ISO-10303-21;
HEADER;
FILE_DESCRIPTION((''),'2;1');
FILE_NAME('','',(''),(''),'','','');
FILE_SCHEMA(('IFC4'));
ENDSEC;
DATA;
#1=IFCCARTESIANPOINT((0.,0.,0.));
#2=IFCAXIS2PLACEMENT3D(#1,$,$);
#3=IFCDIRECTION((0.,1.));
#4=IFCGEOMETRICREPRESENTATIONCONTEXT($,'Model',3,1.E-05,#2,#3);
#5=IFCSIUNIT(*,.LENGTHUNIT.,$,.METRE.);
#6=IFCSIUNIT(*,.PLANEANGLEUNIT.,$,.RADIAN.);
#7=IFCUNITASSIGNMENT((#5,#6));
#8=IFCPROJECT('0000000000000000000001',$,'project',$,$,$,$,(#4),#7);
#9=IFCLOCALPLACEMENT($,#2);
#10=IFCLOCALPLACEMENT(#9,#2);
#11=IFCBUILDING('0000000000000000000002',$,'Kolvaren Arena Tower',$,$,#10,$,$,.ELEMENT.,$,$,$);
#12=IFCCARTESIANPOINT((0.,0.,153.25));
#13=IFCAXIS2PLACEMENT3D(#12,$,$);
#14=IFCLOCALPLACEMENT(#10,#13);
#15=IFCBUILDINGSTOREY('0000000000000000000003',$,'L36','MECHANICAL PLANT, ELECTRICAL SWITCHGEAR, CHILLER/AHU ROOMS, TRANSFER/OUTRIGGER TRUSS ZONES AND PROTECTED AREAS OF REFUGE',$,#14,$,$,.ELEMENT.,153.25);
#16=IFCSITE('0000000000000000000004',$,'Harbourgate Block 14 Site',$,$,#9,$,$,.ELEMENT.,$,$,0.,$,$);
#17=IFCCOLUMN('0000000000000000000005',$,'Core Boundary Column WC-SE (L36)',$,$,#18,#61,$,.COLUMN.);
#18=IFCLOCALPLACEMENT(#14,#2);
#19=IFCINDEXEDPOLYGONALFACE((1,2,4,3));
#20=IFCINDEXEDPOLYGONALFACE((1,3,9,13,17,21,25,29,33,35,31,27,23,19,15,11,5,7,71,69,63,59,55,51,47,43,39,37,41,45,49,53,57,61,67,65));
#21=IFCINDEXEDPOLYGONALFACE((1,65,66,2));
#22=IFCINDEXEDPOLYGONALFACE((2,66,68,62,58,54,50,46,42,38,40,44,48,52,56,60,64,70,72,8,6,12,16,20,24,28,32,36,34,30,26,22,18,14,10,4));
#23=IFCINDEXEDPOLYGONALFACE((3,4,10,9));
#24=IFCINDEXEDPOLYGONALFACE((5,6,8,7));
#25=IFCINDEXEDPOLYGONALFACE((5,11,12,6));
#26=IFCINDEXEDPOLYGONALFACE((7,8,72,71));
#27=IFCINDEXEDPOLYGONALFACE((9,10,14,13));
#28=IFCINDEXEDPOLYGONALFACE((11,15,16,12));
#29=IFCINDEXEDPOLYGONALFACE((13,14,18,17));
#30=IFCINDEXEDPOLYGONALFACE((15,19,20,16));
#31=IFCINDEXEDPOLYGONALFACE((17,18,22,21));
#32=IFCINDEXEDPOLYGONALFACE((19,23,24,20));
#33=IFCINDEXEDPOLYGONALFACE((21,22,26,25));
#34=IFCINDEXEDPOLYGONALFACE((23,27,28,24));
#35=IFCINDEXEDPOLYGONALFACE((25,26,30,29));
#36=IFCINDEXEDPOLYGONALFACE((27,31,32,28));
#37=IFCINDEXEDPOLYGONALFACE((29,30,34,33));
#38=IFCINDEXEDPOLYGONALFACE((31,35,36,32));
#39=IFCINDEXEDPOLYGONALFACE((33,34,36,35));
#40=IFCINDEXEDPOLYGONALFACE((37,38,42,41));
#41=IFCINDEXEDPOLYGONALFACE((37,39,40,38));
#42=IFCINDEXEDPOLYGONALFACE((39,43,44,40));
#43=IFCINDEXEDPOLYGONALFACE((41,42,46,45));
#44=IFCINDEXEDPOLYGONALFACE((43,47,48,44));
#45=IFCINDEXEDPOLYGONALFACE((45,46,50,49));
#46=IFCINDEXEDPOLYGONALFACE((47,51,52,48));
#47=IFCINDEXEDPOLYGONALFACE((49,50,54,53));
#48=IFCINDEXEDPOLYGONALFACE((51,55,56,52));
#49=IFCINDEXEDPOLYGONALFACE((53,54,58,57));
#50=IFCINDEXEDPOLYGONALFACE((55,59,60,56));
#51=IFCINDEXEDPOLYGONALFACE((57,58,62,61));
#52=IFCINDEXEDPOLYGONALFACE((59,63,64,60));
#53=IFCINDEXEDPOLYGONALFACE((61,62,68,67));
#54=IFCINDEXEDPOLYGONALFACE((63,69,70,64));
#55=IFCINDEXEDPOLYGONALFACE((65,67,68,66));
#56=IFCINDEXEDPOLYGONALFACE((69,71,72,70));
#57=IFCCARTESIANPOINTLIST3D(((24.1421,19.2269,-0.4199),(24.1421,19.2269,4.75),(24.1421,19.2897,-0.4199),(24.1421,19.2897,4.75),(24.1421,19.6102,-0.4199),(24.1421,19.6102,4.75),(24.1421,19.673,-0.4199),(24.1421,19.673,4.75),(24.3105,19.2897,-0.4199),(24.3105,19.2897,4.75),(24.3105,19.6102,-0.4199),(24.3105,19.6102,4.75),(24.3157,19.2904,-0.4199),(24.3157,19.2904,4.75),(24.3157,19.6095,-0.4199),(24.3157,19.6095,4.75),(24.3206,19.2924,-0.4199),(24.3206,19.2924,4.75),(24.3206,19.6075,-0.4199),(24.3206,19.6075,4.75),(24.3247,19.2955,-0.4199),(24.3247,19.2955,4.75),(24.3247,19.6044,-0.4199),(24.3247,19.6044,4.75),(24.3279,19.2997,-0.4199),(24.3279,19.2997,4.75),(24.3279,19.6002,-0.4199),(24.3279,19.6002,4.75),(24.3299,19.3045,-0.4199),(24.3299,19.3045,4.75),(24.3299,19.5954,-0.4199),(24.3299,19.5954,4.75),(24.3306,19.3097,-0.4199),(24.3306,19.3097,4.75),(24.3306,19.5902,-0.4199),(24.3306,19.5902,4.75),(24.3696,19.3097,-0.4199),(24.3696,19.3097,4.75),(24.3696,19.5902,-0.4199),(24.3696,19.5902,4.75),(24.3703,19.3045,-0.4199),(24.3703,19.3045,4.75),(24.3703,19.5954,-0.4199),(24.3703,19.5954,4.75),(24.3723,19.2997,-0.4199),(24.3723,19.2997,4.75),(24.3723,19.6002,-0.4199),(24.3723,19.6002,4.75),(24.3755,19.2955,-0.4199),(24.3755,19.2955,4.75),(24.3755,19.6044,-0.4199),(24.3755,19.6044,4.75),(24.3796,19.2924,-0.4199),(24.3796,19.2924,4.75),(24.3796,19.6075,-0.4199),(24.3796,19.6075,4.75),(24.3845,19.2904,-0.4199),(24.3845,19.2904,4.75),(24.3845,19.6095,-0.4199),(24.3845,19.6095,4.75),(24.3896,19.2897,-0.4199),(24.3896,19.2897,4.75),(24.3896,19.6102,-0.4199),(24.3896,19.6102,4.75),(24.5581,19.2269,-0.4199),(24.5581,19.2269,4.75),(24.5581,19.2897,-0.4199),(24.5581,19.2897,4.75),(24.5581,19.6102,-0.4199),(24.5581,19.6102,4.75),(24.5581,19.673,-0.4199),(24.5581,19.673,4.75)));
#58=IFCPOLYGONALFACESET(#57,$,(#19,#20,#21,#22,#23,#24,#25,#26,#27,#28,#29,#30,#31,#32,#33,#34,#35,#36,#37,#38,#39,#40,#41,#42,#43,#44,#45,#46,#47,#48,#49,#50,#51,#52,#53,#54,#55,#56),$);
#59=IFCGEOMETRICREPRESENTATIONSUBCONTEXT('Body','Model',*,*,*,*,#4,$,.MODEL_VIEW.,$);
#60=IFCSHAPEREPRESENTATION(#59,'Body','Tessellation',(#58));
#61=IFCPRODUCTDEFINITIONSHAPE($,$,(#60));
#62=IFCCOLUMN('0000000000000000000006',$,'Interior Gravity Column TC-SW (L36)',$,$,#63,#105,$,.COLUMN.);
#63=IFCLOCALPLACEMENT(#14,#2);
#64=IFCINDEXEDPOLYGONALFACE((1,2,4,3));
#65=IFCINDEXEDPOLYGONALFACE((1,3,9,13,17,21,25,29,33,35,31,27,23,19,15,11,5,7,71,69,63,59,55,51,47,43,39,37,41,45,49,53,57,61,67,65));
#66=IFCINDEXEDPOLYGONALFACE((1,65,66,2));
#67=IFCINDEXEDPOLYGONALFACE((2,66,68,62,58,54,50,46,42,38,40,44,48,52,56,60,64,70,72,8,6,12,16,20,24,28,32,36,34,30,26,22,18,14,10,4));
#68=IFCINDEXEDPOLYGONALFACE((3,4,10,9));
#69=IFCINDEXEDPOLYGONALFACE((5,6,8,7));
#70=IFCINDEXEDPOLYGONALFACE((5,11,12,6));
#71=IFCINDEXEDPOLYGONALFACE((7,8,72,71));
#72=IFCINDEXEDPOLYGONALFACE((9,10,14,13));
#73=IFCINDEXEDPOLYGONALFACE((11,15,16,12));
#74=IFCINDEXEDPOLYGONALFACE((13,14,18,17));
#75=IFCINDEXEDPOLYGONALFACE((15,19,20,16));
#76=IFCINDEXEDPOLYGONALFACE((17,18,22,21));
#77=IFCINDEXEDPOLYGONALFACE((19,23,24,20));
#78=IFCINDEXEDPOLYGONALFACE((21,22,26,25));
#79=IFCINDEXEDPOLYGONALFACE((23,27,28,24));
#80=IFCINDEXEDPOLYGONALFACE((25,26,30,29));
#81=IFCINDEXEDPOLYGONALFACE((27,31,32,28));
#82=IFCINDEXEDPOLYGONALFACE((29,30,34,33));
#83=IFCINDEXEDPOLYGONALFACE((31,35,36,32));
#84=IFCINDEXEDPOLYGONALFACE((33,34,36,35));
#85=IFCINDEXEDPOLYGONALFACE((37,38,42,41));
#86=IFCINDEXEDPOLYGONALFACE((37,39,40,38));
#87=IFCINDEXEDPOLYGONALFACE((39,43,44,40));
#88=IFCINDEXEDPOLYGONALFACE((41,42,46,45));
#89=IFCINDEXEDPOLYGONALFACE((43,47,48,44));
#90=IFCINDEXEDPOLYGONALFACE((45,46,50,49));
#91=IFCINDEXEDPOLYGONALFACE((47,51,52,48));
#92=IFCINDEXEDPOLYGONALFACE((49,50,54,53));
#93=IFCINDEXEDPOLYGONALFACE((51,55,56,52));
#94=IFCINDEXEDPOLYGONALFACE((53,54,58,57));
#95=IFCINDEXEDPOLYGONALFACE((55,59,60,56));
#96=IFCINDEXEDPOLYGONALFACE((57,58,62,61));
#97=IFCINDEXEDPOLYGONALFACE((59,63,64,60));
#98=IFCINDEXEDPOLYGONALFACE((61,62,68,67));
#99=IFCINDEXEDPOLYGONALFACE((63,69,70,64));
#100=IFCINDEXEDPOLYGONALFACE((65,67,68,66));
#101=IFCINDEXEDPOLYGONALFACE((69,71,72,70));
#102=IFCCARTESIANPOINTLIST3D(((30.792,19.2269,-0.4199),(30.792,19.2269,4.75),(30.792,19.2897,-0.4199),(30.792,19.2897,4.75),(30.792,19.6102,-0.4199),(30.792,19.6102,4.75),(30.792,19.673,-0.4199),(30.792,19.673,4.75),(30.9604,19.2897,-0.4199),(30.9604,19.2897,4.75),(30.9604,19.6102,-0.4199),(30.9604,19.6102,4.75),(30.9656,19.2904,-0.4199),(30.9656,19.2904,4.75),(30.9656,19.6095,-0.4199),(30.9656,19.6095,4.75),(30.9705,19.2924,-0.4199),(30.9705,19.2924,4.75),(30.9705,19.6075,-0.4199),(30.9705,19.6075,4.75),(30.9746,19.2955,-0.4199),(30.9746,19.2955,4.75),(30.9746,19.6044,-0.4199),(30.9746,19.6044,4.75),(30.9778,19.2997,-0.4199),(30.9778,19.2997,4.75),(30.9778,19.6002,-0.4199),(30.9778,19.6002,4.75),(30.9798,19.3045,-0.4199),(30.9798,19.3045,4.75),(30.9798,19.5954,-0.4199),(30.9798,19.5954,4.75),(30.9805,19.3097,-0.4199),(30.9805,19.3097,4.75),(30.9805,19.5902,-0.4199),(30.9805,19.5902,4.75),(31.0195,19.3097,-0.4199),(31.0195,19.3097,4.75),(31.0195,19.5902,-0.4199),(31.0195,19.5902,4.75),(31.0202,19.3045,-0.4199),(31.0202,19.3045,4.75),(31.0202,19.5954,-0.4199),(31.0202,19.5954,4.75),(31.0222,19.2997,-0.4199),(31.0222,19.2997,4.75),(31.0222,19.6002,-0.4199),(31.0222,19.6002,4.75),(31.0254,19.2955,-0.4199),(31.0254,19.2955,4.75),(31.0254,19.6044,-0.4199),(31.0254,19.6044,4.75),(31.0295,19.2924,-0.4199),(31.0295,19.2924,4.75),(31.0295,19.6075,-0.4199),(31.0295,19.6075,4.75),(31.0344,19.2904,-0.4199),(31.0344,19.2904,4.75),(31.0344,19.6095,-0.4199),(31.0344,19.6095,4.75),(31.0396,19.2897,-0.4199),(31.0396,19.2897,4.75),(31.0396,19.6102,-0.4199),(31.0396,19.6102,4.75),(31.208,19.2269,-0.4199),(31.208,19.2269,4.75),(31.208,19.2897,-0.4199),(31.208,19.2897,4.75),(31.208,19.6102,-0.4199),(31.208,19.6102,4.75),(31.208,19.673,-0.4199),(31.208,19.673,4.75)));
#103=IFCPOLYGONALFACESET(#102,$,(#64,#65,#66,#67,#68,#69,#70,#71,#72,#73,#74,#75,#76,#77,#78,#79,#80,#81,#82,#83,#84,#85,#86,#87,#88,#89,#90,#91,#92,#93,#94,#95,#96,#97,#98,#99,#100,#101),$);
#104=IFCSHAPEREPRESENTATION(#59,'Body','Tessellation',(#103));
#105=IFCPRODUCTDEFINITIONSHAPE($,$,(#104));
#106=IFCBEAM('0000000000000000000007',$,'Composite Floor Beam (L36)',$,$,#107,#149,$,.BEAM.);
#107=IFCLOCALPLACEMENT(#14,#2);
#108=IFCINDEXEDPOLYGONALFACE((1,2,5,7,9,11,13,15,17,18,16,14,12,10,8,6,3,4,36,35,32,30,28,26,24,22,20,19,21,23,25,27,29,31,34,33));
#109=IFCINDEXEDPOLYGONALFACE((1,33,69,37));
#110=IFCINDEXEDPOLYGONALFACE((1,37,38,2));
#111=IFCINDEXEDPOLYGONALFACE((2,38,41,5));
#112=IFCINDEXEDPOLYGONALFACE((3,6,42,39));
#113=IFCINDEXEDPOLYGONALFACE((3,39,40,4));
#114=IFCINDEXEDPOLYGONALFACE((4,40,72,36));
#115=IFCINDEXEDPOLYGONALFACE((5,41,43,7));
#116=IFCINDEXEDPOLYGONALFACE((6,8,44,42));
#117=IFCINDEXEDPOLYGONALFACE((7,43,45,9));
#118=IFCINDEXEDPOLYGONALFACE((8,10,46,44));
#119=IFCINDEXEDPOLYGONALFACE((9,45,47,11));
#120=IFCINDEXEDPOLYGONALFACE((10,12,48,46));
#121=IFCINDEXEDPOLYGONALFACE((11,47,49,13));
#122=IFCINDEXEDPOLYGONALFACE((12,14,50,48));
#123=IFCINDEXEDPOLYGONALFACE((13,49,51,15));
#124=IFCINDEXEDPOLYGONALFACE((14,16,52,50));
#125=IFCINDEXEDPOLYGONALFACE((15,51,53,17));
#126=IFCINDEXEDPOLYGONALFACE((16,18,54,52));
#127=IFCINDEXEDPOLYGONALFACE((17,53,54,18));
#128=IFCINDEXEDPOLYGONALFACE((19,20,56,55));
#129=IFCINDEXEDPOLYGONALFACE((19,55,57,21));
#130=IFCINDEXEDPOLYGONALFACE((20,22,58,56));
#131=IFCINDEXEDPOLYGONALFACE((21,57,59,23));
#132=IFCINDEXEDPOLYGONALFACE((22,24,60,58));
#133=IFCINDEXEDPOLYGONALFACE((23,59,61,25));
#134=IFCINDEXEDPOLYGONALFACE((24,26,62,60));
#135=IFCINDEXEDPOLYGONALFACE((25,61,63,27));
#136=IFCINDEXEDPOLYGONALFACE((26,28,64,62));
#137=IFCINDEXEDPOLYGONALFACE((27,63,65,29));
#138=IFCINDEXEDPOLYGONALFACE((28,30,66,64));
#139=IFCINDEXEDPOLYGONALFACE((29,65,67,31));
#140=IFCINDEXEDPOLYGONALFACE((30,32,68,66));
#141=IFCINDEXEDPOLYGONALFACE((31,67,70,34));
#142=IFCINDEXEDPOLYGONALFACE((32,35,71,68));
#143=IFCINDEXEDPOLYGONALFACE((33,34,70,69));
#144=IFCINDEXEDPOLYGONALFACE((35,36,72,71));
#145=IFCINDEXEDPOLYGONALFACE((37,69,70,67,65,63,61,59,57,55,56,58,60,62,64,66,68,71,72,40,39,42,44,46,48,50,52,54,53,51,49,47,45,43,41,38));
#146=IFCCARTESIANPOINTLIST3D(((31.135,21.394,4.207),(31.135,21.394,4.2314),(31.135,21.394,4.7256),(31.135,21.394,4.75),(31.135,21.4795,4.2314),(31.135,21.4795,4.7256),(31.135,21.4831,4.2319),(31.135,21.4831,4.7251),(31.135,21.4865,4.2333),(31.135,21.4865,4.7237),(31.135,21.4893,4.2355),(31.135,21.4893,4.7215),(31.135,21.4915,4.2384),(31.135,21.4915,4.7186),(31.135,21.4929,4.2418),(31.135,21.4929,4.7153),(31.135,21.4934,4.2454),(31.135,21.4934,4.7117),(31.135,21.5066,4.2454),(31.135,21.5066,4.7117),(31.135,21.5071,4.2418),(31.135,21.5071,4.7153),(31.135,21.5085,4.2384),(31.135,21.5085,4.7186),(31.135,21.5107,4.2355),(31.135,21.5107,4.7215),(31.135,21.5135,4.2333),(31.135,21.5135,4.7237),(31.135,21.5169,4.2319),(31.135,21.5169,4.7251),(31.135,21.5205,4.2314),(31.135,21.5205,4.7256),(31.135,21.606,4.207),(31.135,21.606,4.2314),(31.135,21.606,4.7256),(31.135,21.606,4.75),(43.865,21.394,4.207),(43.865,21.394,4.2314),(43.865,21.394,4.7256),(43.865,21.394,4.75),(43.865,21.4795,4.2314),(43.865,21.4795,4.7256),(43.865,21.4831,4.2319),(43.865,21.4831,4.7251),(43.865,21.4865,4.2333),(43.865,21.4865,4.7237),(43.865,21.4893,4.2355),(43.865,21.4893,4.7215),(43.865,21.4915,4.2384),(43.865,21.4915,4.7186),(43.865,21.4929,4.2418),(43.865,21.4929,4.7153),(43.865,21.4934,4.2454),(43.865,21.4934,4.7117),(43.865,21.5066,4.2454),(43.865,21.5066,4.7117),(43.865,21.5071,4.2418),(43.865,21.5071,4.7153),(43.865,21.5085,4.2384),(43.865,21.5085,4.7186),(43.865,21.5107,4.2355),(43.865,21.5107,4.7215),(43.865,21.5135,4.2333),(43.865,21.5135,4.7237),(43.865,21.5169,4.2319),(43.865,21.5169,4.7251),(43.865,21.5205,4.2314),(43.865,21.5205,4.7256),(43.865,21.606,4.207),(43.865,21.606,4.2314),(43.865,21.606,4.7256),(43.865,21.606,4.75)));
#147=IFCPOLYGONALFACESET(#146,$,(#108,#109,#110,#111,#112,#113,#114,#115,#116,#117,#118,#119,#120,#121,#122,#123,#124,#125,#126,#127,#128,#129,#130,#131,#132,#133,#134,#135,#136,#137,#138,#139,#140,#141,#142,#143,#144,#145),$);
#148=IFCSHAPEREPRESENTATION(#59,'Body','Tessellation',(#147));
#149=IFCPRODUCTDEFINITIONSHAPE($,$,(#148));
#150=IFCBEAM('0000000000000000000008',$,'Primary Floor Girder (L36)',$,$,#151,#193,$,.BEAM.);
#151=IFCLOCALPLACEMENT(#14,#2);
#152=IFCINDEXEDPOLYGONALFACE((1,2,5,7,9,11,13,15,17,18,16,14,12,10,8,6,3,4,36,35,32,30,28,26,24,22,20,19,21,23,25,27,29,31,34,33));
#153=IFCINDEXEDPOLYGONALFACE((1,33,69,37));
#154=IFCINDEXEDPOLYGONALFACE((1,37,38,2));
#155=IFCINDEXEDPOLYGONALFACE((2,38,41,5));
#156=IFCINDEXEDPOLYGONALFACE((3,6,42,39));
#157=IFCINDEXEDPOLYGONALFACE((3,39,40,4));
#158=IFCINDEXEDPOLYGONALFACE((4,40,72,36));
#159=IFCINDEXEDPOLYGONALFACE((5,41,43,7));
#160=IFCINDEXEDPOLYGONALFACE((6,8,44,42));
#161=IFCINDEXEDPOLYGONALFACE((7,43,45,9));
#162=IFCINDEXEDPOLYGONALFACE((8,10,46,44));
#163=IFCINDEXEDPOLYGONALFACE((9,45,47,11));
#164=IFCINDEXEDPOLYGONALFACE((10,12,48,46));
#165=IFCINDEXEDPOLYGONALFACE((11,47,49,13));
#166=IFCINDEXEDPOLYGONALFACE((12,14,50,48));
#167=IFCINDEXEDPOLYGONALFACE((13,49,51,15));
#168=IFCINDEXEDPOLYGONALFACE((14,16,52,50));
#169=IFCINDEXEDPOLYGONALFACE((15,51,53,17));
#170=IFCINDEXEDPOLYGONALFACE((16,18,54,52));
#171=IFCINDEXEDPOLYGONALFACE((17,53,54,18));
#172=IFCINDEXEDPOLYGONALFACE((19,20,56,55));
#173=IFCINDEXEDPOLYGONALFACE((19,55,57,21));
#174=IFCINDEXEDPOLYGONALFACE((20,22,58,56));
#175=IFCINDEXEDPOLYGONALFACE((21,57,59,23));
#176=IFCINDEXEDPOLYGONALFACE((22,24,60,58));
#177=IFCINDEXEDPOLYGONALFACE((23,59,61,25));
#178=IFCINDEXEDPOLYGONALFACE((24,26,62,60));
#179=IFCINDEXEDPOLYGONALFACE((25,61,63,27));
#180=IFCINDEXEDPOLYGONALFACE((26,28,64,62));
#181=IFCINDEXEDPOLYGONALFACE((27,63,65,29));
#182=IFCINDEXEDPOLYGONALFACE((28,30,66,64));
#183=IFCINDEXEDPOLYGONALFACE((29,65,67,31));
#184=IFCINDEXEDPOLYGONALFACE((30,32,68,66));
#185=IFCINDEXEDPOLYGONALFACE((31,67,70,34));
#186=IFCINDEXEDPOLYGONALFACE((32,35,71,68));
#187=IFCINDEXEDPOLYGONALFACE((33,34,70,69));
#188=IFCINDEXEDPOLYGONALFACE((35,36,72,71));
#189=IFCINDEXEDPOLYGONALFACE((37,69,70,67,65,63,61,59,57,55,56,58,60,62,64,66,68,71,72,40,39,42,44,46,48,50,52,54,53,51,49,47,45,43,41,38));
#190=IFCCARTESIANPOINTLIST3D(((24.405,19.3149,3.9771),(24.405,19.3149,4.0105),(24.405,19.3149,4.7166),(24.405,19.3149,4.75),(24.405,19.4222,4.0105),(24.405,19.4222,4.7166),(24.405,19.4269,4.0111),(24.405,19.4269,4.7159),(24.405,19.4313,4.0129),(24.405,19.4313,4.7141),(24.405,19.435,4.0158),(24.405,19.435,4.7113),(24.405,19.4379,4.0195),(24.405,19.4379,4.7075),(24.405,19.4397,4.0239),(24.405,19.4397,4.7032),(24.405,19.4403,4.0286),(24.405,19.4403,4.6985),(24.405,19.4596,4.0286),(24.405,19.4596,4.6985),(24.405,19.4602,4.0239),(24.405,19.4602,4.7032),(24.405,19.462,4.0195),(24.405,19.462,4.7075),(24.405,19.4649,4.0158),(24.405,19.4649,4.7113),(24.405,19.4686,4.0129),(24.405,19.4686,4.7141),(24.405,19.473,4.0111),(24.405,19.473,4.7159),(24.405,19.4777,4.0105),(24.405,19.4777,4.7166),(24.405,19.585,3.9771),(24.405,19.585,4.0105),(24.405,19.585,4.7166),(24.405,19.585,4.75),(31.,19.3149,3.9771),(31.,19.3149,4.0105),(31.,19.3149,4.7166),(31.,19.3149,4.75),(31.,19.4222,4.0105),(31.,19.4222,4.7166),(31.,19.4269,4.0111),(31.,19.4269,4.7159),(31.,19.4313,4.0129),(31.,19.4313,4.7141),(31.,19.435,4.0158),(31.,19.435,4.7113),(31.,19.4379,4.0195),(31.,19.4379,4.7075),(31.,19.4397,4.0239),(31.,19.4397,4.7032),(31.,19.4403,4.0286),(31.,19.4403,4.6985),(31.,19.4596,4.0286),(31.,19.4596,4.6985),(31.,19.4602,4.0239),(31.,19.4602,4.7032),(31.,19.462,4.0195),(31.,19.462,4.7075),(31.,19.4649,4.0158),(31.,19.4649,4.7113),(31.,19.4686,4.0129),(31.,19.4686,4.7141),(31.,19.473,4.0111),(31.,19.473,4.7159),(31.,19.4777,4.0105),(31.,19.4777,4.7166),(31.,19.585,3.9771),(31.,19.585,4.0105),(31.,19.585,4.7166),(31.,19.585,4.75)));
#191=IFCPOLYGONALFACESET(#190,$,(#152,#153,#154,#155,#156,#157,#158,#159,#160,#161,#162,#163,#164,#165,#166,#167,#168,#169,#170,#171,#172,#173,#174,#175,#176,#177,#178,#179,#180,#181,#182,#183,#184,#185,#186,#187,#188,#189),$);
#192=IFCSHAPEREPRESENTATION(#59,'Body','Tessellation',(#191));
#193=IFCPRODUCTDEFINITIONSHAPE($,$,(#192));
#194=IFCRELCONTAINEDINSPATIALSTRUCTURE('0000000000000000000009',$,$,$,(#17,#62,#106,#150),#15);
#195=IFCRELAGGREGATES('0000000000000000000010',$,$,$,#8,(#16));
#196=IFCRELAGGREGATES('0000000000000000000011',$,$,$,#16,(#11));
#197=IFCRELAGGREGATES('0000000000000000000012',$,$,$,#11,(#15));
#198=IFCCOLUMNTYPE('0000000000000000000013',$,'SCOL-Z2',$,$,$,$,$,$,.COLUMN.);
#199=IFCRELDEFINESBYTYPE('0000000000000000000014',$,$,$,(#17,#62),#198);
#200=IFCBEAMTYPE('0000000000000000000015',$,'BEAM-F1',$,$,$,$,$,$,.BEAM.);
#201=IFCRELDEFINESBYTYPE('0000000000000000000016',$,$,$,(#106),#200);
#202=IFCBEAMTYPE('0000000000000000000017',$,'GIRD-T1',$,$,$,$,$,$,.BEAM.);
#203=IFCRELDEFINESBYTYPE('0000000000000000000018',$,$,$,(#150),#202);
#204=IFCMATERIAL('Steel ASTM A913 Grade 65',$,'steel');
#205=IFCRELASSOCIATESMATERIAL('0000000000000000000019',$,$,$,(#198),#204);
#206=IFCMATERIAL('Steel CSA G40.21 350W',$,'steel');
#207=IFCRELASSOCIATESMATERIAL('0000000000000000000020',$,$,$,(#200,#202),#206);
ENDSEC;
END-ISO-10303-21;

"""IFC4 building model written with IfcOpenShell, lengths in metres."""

from ifc_helpers import new_model, si_unit, direction, frame, origin, origin_2d, place, context, subcontext, project, spatial, i_section, extrude, material, material_profile, profile_set, type_object, element, save


model = new_model("IFC4")

# Units and contexts
model_context = context("Model", 3, precision=1e-05, world=origin(), true_north=direction((0.0, 1.0)))
body_context = subcontext(model_context, "Body", "Model", "MODEL_VIEW")
ifc_project = project(units=[si_unit("LENGTHUNIT", "METRE"), si_unit("PLANEANGLEUNIT", "RADIAN")], contexts=[model_context])

# Site, building, storey
site_placement = place(None, origin())
site = spatial("IfcSite", under=ifc_project, at=site_placement, Name="Harbourgate Block 14 Site", CompositionType="ELEMENT", RefElevation=0.0)
building_placement = place(site_placement, origin())
building = spatial("IfcBuilding", under=site, at=building_placement, Name="Kolvaren Arena Tower", CompositionType="ELEMENT")
storey_placement = place(building_placement, frame((0.0, 0.0, 153.25)))
storey = spatial("IfcBuildingStorey", under=building, at=storey_placement, Name="L36", Description="MECHANICAL PLANT, ELECTRICAL SWITCHGEAR, CHILLER/AHU ROOMS, TRANSFER/OUTRIGGER TRUSS ZONES AND PROTECTED AREAS OF REFUGE", CompositionType="ELEMENT", Elevation=153.25)

# Columns
ifc_material_1 = material(Name="Steel ASTM A913 Grade 65", Category="steel")
ifc_material_profile_1 = material_profile(ifc_material_1, i_section(OverallWidth=0.416, OverallDepth=0.446, WebThickness=0.0391, FlangeThickness=0.0627, FilletRadius=0.02, at=origin_2d()), Name="W360x509")
ifc_profile_set_1 = profile_set([ifc_material_profile_1], Name="Steel ASTM A913 Grade 65")
column_type = type_object("IfcColumnType", Name="SCOL-Z2", PredefinedType="COLUMN", material=ifc_profile_set_1)
for number, where, z_axis, x_axis, name in (
    (1, (24.3501, 19.45, -0.4199), (0.0, 0.0, 1.0), (1.0, 0.0, 0.0), "Core Boundary Column WC-SE (L36)"),
    (2, (31.0, 19.45, -0.4199), (0.0, 0.0, 1.0), (1.0, 0.0, 0.0), "Interior Gravity Column TC-SW (L36)"),
):
    element("IfcColumn", number, at=place(storey_placement, frame(where, z_axis=z_axis, x_axis=x_axis)), inside=storey, type_object=column_type, Name=name, PredefinedType="COLUMN", context=body_context, shape_type="SweptSolid", body=[
        extrude(i_section(OverallWidth=0.416, OverallDepth=0.446, WebThickness=0.0391, FlangeThickness=0.0627, FilletRadius=0.02, at=origin_2d()), origin(), (0.0, 0.0, 1.0), 5.1699),
    ])

# Beams
ifc_material_2 = material(Name="Steel CSA G40.21 350W", Category="steel")
ifc_material_profile_2 = material_profile(ifc_material_2, i_section(OverallWidth=0.2119, OverallDepth=0.543, WebThickness=0.0132, FlangeThickness=0.0244, FilletRadius=0.0139, at=origin_2d()), Name="W530x150")
ifc_profile_set_2 = profile_set([ifc_material_profile_2], Name="Steel CSA G40.21 350W")
beam_type_1 = type_object("IfcBeamType", Name="BEAM-F1", PredefinedType="BEAM", material=ifc_profile_set_2)
beam_1_placement = place(storey_placement, frame((31.135, 21.5, 4.4785), z_axis=(1.0, 0.0, 0.0), x_axis=(0.0, 1.0, 0.0)))
element("IfcBeam", 3, at=beam_1_placement, inside=storey, type_object=beam_type_1, Name="Composite Floor Beam (L36)", PredefinedType="BEAM", context=body_context, shape_type="SweptSolid", body=[
    extrude(i_section(OverallWidth=0.2119, OverallDepth=0.543, WebThickness=0.0132, FlangeThickness=0.0244, FilletRadius=0.0139, at=origin_2d()), origin(), (0.0, 0.0, 1.0), 12.73),
])
ifc_material_profile_3 = material_profile(ifc_material_2, i_section(OverallWidth=0.27, OverallDepth=0.7729, WebThickness=0.0193, FlangeThickness=0.0334, FilletRadius=0.0181, at=origin_2d()), Name="W760x257")
ifc_profile_set_3 = profile_set([ifc_material_profile_3], Name="Steel CSA G40.21 350W")
beam_type_2 = type_object("IfcBeamType", Name="GIRD-T1", PredefinedType="BEAM", material=ifc_profile_set_3)
beam_2_placement = place(storey_placement, frame((24.405, 19.45, 4.3635), z_axis=(1.0, 0.0, 0.0), x_axis=(0.0, 1.0, 0.0)))
element("IfcBeam", 4, at=beam_2_placement, inside=storey, type_object=beam_type_2, Name="Primary Floor Girder (L36)", PredefinedType="BEAM", context=body_context, shape_type="SweptSolid", body=[
    extrude(i_section(OverallWidth=0.27, OverallDepth=0.7729, WebThickness=0.0193, FlangeThickness=0.0334, FilletRadius=0.0181, at=origin_2d()), origin(), (0.0, 0.0, 1.0), 6.595),
])

save(model, "model.ifc")
